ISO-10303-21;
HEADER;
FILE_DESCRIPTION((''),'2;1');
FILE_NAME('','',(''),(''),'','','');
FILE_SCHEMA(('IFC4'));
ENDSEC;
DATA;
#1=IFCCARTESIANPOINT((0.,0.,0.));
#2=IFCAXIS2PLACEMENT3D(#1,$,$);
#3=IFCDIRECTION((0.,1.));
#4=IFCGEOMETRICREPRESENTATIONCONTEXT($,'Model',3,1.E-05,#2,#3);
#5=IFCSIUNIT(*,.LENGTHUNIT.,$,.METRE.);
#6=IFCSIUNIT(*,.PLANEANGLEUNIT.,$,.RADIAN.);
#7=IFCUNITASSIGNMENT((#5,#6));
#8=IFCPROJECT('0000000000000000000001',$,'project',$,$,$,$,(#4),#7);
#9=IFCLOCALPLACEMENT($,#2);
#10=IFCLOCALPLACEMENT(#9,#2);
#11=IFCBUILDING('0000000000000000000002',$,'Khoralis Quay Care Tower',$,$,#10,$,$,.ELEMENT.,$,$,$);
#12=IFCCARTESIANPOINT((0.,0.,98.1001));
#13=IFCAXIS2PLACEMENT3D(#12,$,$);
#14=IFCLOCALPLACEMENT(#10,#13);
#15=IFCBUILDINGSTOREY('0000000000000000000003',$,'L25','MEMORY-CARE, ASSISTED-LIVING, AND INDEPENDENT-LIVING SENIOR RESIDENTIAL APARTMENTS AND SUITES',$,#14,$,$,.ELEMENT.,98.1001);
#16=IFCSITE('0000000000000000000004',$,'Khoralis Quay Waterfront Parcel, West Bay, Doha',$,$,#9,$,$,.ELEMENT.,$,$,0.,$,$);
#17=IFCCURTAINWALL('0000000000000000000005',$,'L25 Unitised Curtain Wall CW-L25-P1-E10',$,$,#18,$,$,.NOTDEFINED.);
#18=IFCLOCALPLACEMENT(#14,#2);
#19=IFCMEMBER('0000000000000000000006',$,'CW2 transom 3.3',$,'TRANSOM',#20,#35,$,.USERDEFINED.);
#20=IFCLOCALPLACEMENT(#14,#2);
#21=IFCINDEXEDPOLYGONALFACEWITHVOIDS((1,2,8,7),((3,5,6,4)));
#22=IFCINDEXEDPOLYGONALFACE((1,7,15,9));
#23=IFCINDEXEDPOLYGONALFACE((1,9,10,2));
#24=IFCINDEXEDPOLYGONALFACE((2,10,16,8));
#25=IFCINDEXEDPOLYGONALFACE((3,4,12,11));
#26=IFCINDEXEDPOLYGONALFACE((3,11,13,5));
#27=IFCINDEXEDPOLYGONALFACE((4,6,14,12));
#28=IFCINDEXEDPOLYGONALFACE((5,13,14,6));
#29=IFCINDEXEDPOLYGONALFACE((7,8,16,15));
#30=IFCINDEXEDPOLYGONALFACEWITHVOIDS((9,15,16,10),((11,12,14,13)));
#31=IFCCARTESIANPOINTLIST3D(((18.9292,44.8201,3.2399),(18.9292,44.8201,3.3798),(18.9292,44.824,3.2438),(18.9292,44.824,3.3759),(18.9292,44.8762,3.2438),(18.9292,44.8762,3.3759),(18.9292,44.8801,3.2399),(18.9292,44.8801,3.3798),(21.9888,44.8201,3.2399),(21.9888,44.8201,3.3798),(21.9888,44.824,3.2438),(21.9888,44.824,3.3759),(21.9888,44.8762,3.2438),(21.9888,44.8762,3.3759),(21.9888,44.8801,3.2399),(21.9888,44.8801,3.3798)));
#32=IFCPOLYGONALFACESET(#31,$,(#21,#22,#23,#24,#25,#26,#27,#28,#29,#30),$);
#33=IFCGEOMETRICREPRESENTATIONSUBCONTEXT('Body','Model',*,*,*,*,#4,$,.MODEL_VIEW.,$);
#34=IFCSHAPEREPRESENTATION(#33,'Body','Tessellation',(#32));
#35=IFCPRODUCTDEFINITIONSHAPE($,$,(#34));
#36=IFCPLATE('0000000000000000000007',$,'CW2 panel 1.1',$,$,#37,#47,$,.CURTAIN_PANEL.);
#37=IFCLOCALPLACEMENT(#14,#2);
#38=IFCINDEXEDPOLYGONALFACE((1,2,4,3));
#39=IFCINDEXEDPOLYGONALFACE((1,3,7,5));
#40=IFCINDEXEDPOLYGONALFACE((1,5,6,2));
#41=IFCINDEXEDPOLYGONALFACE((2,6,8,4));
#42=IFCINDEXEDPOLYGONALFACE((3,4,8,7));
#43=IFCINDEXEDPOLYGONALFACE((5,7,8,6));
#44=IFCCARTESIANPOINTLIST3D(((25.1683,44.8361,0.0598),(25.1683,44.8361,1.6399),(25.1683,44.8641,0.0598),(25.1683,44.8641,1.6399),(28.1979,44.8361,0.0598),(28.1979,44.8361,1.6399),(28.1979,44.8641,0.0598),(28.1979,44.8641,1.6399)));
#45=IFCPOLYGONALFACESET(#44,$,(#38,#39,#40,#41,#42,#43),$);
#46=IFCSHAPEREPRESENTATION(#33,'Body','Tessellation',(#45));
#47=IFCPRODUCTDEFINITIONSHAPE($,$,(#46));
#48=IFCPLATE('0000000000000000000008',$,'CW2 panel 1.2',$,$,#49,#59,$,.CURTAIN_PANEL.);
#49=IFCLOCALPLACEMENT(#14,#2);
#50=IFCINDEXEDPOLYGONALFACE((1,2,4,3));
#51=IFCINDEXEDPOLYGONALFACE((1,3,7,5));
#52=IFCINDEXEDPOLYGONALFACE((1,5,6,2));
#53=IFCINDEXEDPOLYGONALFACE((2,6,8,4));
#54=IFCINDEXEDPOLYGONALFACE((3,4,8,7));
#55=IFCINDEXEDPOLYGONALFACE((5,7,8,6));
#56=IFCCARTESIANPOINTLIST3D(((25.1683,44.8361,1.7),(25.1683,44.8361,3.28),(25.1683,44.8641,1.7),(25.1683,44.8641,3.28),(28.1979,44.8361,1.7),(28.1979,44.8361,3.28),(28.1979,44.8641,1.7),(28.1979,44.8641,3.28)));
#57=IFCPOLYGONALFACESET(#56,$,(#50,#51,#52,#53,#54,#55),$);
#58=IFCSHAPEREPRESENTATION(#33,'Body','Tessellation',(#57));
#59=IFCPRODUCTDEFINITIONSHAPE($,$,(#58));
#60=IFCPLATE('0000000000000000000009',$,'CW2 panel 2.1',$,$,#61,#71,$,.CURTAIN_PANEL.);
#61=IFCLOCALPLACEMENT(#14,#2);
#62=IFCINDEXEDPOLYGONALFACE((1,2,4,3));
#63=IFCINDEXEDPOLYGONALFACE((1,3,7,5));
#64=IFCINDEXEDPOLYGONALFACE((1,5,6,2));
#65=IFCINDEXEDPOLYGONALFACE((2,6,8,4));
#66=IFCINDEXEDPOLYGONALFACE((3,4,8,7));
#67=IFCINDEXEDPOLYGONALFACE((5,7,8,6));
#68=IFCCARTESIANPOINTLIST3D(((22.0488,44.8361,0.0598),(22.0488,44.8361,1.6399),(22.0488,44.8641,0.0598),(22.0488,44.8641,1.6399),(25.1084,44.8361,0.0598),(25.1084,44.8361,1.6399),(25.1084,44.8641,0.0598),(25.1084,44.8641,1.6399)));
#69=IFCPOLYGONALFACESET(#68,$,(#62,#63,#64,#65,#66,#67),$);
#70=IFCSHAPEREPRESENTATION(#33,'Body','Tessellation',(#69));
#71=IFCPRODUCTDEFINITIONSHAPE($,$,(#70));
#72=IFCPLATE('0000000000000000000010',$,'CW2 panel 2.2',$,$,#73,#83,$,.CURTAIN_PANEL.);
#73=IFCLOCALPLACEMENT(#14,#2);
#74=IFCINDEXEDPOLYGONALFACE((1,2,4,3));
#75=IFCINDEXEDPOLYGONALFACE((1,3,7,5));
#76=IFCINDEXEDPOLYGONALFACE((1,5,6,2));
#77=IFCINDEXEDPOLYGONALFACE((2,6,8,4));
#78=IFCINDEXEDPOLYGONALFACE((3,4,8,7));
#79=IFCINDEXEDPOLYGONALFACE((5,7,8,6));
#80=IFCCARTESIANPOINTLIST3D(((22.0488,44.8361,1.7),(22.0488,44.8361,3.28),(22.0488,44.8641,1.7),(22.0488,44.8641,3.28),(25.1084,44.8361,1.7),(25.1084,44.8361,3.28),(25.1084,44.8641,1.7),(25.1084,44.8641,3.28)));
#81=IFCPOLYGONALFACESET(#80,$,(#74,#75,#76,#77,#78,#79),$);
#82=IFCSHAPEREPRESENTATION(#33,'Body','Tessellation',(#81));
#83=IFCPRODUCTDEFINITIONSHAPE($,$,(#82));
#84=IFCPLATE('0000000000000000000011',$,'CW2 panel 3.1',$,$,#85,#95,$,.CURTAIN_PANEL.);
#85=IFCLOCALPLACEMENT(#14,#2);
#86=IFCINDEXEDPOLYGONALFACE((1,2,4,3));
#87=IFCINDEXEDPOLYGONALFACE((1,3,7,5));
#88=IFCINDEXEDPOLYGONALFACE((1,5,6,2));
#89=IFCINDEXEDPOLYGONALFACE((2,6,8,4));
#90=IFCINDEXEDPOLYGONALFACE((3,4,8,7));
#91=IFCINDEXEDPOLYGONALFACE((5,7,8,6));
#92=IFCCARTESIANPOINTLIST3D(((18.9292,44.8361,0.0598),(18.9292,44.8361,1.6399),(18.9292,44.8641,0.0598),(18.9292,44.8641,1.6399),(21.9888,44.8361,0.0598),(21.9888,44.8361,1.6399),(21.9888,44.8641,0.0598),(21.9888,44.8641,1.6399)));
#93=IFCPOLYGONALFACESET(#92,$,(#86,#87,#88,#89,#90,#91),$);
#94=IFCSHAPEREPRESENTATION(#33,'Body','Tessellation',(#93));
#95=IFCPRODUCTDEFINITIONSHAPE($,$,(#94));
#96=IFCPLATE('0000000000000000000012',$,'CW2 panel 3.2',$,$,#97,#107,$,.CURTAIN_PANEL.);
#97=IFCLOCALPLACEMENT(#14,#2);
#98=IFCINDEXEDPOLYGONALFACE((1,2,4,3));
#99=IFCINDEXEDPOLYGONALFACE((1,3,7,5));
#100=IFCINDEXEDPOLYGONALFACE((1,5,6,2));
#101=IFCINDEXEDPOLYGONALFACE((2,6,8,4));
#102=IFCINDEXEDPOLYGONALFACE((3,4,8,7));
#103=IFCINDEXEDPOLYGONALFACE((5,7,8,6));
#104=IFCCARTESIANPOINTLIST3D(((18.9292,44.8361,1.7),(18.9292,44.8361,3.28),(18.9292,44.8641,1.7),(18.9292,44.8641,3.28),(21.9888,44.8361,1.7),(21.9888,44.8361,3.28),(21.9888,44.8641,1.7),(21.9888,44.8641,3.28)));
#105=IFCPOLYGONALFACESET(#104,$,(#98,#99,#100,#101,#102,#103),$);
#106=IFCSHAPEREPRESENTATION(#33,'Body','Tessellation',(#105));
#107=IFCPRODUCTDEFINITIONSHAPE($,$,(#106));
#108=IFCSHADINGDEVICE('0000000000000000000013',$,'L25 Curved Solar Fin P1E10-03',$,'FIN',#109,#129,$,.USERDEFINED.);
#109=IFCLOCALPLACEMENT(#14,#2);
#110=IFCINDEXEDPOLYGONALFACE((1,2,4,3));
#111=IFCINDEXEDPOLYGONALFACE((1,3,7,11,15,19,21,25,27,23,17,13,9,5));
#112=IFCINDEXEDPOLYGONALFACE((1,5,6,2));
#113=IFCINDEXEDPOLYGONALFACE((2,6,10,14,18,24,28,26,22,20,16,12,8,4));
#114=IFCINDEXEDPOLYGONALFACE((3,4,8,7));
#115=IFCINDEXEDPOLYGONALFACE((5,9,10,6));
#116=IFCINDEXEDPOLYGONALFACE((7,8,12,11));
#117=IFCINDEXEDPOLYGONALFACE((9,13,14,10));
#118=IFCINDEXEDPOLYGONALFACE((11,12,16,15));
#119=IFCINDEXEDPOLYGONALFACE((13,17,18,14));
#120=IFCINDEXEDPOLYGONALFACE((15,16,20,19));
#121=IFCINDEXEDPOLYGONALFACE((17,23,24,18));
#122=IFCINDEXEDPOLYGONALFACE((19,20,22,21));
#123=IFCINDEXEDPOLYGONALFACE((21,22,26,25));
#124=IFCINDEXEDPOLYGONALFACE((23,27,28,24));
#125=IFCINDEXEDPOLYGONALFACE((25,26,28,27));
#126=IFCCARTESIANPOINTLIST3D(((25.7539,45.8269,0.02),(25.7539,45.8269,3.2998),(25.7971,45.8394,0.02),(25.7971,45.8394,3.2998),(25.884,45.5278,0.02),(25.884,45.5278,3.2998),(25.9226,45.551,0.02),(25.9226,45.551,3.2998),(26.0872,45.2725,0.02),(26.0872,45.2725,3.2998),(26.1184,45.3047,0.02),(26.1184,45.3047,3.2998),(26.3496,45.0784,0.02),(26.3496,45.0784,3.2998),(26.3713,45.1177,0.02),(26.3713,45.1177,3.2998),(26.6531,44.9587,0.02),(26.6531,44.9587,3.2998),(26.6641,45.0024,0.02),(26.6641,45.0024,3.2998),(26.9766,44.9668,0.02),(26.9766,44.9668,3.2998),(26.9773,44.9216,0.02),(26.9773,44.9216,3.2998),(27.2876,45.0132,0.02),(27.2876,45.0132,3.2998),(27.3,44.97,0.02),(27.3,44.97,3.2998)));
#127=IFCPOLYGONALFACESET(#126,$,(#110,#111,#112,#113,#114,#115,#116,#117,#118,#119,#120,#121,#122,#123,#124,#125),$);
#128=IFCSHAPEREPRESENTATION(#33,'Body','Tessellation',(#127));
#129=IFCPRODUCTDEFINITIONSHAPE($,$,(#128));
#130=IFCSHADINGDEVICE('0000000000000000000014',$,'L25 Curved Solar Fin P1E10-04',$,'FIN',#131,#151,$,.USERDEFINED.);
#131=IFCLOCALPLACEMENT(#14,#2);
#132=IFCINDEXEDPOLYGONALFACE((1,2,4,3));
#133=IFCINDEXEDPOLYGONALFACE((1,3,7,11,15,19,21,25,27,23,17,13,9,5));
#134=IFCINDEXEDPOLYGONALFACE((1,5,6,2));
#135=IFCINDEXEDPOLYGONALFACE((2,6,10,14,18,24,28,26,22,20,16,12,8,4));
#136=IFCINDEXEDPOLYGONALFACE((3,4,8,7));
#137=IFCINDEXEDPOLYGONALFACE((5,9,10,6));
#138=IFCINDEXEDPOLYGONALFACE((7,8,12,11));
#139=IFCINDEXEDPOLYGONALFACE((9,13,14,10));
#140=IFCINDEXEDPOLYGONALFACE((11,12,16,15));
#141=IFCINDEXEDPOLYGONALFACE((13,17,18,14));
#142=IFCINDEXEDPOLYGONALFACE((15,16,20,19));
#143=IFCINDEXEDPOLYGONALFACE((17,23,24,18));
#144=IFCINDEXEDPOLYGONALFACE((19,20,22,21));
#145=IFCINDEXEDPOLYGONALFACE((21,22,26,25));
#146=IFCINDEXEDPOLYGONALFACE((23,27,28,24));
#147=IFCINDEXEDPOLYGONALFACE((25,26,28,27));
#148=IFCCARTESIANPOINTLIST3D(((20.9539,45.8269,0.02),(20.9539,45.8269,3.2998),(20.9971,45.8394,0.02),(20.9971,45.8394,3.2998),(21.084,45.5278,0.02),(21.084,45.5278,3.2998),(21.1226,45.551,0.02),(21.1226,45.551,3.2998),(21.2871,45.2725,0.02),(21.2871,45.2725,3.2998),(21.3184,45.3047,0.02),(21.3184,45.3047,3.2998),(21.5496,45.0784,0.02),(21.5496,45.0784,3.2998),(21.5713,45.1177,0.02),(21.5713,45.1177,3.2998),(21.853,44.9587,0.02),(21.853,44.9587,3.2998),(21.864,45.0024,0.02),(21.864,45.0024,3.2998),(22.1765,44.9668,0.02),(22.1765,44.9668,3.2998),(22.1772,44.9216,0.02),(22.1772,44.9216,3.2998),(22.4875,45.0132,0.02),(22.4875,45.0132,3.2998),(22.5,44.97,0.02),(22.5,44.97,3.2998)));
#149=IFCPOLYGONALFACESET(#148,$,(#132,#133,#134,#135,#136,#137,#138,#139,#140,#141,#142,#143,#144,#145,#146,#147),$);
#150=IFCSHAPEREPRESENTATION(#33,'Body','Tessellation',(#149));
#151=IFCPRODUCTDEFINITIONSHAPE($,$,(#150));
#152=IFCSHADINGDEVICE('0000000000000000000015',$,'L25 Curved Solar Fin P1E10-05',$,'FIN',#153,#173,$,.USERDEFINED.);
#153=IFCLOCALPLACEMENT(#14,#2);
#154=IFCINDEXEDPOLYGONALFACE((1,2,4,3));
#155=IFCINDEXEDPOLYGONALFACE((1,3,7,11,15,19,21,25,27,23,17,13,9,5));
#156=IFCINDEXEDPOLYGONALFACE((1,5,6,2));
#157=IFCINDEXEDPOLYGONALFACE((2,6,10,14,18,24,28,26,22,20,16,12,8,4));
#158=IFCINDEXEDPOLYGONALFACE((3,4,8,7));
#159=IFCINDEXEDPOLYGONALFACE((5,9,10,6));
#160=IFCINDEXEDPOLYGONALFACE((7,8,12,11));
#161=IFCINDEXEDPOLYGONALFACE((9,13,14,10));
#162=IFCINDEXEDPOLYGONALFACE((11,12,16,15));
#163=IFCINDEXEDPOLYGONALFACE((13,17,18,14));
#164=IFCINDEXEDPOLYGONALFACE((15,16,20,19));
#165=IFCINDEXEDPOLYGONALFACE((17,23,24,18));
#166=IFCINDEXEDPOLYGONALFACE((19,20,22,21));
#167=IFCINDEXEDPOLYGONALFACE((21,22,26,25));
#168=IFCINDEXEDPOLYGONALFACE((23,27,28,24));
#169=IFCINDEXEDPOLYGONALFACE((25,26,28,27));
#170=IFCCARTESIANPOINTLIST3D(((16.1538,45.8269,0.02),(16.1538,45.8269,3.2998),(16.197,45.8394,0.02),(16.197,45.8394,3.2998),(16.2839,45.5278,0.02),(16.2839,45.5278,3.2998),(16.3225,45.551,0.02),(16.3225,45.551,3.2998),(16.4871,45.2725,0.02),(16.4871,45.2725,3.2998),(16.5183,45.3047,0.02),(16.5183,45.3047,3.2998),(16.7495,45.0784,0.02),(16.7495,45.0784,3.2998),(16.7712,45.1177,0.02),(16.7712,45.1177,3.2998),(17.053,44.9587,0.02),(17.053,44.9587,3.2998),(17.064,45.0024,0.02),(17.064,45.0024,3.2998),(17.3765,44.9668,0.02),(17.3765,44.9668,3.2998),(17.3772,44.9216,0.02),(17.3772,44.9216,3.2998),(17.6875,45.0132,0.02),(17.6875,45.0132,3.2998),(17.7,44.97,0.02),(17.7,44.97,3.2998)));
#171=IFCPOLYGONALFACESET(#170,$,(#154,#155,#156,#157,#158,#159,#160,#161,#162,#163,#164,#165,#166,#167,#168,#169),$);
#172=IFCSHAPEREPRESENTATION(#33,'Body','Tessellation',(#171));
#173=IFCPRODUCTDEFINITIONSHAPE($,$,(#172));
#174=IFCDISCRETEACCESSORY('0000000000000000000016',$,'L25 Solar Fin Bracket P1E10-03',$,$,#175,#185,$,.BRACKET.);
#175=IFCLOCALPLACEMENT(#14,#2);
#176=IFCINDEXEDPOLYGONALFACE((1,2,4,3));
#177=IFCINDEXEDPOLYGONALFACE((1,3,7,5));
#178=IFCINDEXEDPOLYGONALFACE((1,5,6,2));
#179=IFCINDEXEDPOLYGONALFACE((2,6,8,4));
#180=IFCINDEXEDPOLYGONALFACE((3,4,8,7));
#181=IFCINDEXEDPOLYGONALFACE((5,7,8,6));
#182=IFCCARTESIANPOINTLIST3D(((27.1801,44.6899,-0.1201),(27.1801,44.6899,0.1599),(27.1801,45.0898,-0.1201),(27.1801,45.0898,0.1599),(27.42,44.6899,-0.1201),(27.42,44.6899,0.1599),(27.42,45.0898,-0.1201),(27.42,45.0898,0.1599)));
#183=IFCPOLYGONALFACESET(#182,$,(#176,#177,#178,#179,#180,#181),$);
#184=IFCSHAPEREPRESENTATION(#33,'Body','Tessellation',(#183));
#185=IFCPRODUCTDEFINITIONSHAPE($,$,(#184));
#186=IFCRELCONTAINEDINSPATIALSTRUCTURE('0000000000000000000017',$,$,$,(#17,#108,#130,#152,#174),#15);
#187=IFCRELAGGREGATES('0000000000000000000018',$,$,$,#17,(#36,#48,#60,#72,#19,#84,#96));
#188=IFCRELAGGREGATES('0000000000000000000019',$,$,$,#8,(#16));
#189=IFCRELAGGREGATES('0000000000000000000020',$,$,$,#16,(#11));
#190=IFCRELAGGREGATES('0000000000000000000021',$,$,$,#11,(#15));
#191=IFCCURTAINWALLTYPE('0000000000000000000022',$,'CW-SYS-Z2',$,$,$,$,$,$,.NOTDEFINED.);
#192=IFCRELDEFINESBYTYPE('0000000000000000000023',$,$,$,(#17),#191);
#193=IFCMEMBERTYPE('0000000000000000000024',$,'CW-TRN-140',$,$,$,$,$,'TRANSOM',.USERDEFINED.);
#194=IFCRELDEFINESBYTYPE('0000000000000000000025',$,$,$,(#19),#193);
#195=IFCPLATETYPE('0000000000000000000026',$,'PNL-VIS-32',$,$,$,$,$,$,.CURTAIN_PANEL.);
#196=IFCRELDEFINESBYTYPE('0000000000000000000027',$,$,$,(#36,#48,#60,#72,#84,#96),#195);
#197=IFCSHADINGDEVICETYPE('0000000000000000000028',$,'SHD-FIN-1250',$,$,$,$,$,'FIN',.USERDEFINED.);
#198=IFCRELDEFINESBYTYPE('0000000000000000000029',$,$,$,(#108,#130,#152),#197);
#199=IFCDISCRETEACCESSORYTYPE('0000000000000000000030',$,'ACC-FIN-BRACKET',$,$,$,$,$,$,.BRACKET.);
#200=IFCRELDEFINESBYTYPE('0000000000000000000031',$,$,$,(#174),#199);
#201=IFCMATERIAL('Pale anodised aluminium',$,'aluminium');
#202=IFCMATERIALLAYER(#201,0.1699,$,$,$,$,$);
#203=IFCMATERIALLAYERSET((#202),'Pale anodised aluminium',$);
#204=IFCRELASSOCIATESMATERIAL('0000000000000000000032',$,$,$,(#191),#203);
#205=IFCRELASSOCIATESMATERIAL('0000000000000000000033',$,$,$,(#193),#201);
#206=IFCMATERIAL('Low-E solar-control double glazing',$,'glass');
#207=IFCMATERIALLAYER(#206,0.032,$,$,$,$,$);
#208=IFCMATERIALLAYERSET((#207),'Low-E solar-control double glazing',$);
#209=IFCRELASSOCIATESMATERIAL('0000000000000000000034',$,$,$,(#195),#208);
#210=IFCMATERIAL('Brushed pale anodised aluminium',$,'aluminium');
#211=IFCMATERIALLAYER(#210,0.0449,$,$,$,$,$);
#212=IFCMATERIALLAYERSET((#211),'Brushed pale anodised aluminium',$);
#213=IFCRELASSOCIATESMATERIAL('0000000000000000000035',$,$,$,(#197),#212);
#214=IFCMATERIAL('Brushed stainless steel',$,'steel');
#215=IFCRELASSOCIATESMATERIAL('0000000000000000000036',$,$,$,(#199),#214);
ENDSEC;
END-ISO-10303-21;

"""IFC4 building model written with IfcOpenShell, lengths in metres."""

from ifc_helpers import new_model, si_unit, direction, frame, origin, origin_2d, place, context, subcontext, project, spatial, polyline, rectangle, hollow_rectangle, outline, extrude, source, transform, mapped, material, layer, layer_set, material_profile, profile_set, type_object, element, aggregate, save


model = new_model("IFC4")

# Units and contexts
model_context = context("Model", 3, precision=1e-05, world=origin(), true_north=direction((0.0, 1.0)))
body_context = subcontext(model_context, "Body", "Model", "MODEL_VIEW")
ifc_project = project(units=[si_unit("LENGTHUNIT", "METRE"), si_unit("PLANEANGLEUNIT", "RADIAN")], contexts=[model_context])

# Site, building, storey
site_placement = place(None, origin())
site = spatial("IfcSite", under=ifc_project, at=site_placement, Name="Khoralis Quay Waterfront Parcel, West Bay, Doha", CompositionType="ELEMENT", RefElevation=0.0)
building_placement = place(site_placement, origin())
building = spatial("IfcBuilding", under=site, at=building_placement, Name="Khoralis Quay Care Tower", CompositionType="ELEMENT")
storey_placement = place(building_placement, frame((0.0, 0.0, 98.1001)))
storey = spatial("IfcBuildingStorey", under=building, at=storey_placement, Name="L25", Description="MEMORY-CARE, ASSISTED-LIVING, AND INDEPENDENT-LIVING SENIOR RESIDENTIAL APARTMENTS AND SUITES", CompositionType="ELEMENT", Elevation=98.1001)

# Curtain wall, member, plates
ifc_material_1 = material(Name="Pale anodised aluminium", Category="aluminium")
ifc_layer_1 = layer(ifc_material_1, 0.1699)
ifc_layer_set_1 = layer_set([ifc_layer_1], Name="Pale anodised aluminium")
curtain_wall_type = type_object("IfcCurtainWallType", Name="CW-SYS-Z2", PredefinedType="NOTDEFINED", material=ifc_layer_set_1)
curtain_wall_placement = place(storey_placement, origin())
curtain_wall = element("IfcCurtainWall", 1, at=curtain_wall_placement, inside=storey, type_object=curtain_wall_type, Name="L25 Unitised Curtain Wall CW-L25-P1-E10", PredefinedType="NOTDEFINED")
ifc_material_profile_1 = material_profile(ifc_material_1, hollow_rectangle(XDim=0.0601, YDim=0.1399, WallThickness=0.0039, at=origin_2d()), Name="Pale anodised aluminium")
ifc_profile_set_1 = profile_set([ifc_material_profile_1], Name="Pale anodised aluminium")
member_type_1 = type_object("IfcMemberType", Name="CW-TRN-140", ElementType="TRANSOM", PredefinedType="USERDEFINED", material=ifc_profile_set_1)
shared_shape_1 = source(origin(), body_context, "Body", "SweptSolid", [
    extrude(hollow_rectangle(XDim=0.0601, YDim=0.1399, WallThickness=0.0039, at=origin_2d()), origin(), (0.0, 0.0, 1.0), 3.0596),
])
member_1_placement = place(storey_placement, frame((21.9888, 44.8501, 3.3098), z_axis=(-1.0, 0.0, 0.0), x_axis=(0.0, -1.0, 0.0)))
member_1 = element("IfcMember", 2, at=member_1_placement, type_object=member_type_1, Name="CW2 transom 3.3", ObjectType="TRANSOM", PredefinedType="USERDEFINED", context=body_context, shape_type="MappedRepresentation", body=[
    mapped(shared_shape_1, transform((0.0, 0.0, 0.0), scale=1.0)),
])
ifc_material_2 = material(Name="Low-E solar-control double glazing", Category="glass")
ifc_layer_2 = layer(ifc_material_2, 0.032)
ifc_layer_set_2 = layer_set([ifc_layer_2], Name="Low-E solar-control double glazing")
plate_type = type_object("IfcPlateType", Name="PNL-VIS-32", PredefinedType="CURTAIN_PANEL", material=ifc_layer_set_2)
shared_shape_2 = source(origin(), body_context, "Body", "SweptSolid", [
    extrude(rectangle(XDim=3.0295, YDim=0.0281, at=origin_2d()), origin(), (0.0, 0.0, 1.0), 1.5801),
])
plate_1_placement = place(storey_placement, frame((26.6831, 44.8501, 0.0598), z_axis=(0.0, 0.0, 1.0), x_axis=(-1.0, 0.0, 0.0)))
plate_1 = element("IfcPlate", 3, at=plate_1_placement, type_object=plate_type, Name="CW2 panel 1.1", PredefinedType="CURTAIN_PANEL", context=body_context, shape_type="MappedRepresentation", body=[
    mapped(shared_shape_2, transform((0.0, 0.0, 0.0), scale=1.0)),
])
plate_2_placement = place(storey_placement, frame((26.6831, 44.8501, 1.7), z_axis=(0.0, 0.0, 1.0), x_axis=(-1.0, 0.0, 0.0)))
plate_2 = element("IfcPlate", 4, at=plate_2_placement, type_object=plate_type, Name="CW2 panel 1.2", PredefinedType="CURTAIN_PANEL", context=body_context, shape_type="MappedRepresentation", body=[
    mapped(shared_shape_2, transform((0.0, 0.0, 0.0), scale=1.0)),
])
shared_shape_3 = source(origin(), body_context, "Body", "SweptSolid", [
    extrude(rectangle(XDim=3.0596, YDim=0.0281, at=origin_2d()), origin(), (0.0, 0.0, 1.0), 1.5801),
])
plate_3_placement = place(storey_placement, frame((23.5786, 44.8501, 0.0598), z_axis=(0.0, 0.0, 1.0), x_axis=(-1.0, 0.0, 0.0)))
plate_3 = element("IfcPlate", 5, at=plate_3_placement, type_object=plate_type, Name="CW2 panel 2.1", PredefinedType="CURTAIN_PANEL", context=body_context, shape_type="MappedRepresentation", body=[
    mapped(shared_shape_3, transform((0.0, 0.0, 0.0), scale=1.0)),
])
plate_4_placement = place(storey_placement, frame((23.5786, 44.8501, 1.7), z_axis=(0.0, 0.0, 1.0), x_axis=(-1.0, 0.0, 0.0)))
plate_4 = element("IfcPlate", 6, at=plate_4_placement, type_object=plate_type, Name="CW2 panel 2.2", PredefinedType="CURTAIN_PANEL", context=body_context, shape_type="MappedRepresentation", body=[
    mapped(shared_shape_3, transform((0.0, 0.0, 0.0), scale=1.0)),
])
plate_5_placement = place(storey_placement, frame((20.459, 44.8501, 0.0598), z_axis=(0.0, 0.0, 1.0), x_axis=(-1.0, 0.0, 0.0)))
plate_5 = element("IfcPlate", 7, at=plate_5_placement, type_object=plate_type, Name="CW2 panel 3.1", PredefinedType="CURTAIN_PANEL", context=body_context, shape_type="MappedRepresentation", body=[
    mapped(shared_shape_3, transform((0.0, 0.0, 0.0), scale=1.0)),
])
plate_6_placement = place(storey_placement, frame((20.459, 44.8501, 1.7), z_axis=(0.0, 0.0, 1.0), x_axis=(-1.0, 0.0, 0.0)))
plate_6 = element("IfcPlate", 8, at=plate_6_placement, type_object=plate_type, Name="CW2 panel 3.2", PredefinedType="CURTAIN_PANEL", context=body_context, shape_type="MappedRepresentation", body=[
    mapped(shared_shape_3, transform((0.0, 0.0, 0.0), scale=1.0)),
])
aggregate(curtain_wall, [plate_1, plate_2, plate_3, plate_4, member_1, plate_5, plate_6])

# Shading devices
ifc_material_3 = material(Name="Brushed pale anodised aluminium", Category="aluminium")
ifc_layer_3 = layer(ifc_material_3, 0.0449)
ifc_layer_set_3 = layer_set([ifc_layer_3], Name="Brushed pale anodised aluminium")
shading_device_type = type_object("IfcShadingDeviceType", Name="SHD-FIN-1250", ElementType="FIN", PredefinedType="USERDEFINED", material=ifc_layer_set_3)
shared_shape_4 = source(origin(), body_context, "Body", "SweptSolid", [
    extrude(outline(polyline([(0.0, 0.0), (-0.0483, 0.3228), (-0.0112, 0.647), (0.1084, 0.9504), (0.3025, 1.2129), (0.5579, 1.416), (0.8569, 1.5461), (0.8694, 1.5029), (0.5811, 1.3774), (0.3347, 1.1816), (0.1477, 0.9287), (0.0325, 0.636), (-0.0032, 0.3235), (0.0432, 0.0125), (0.0, 0.0)])), origin(), (0.0, 0.0, 1.0), 3.2798),
])
for number, where, z_axis, x_axis, name in (
    (9, (27.3, 44.97, 0.02), (0.0, 0.0, 1.0), (0.0, 1.0, 0.0), "L25 Curved Solar Fin P1E10-03"),
    (10, (22.5, 44.97, 0.02), (0.0, 0.0, 1.0), (0.0, 1.0, 0.0), "L25 Curved Solar Fin P1E10-04"),
    (11, (17.7, 44.97, 0.02), (0.0, 0.0, 1.0), (0.0, 1.0, 0.0), "L25 Curved Solar Fin P1E10-05"),
):
    element("IfcShadingDevice", number, at=place(storey_placement, frame(where, z_axis=z_axis, x_axis=x_axis)), inside=storey, type_object=shading_device_type, Name=name, ObjectType="FIN", PredefinedType="USERDEFINED", context=body_context, shape_type="MappedRepresentation", body=[
        mapped(shared_shape_4, transform((0.0, 0.0, 0.0), scale=1.0)),
    ])

# Discrete accessory
ifc_material_4 = material(Name="Brushed stainless steel", Category="steel")
discrete_accessory_type = type_object("IfcDiscreteAccessoryType", Name="ACC-FIN-BRACKET", PredefinedType="BRACKET", material=ifc_material_4)
shared_shape_5 = source(origin(), body_context, "Body", "SweptSolid", [
    extrude(rectangle(XDim=0.3999, YDim=0.24, at=origin_2d()), origin(), (0.0, 0.0, 1.0), 0.28),
])
for number, where, z_axis, x_axis, name in (
    (12, (27.3, 44.8899, -0.1201), (0.0, 0.0, 1.0), (0.0, 1.0, 0.0), "L25 Solar Fin Bracket P1E10-03"),
):
    element("IfcDiscreteAccessory", number, at=place(storey_placement, frame(where, z_axis=z_axis, x_axis=x_axis)), inside=storey, type_object=discrete_accessory_type, Name=name, PredefinedType="BRACKET", context=body_context, shape_type="MappedRepresentation", body=[
        mapped(shared_shape_5, transform((0.0, 0.0, 0.0), scale=1.0)),
    ])

save(model, "model.ifc")
